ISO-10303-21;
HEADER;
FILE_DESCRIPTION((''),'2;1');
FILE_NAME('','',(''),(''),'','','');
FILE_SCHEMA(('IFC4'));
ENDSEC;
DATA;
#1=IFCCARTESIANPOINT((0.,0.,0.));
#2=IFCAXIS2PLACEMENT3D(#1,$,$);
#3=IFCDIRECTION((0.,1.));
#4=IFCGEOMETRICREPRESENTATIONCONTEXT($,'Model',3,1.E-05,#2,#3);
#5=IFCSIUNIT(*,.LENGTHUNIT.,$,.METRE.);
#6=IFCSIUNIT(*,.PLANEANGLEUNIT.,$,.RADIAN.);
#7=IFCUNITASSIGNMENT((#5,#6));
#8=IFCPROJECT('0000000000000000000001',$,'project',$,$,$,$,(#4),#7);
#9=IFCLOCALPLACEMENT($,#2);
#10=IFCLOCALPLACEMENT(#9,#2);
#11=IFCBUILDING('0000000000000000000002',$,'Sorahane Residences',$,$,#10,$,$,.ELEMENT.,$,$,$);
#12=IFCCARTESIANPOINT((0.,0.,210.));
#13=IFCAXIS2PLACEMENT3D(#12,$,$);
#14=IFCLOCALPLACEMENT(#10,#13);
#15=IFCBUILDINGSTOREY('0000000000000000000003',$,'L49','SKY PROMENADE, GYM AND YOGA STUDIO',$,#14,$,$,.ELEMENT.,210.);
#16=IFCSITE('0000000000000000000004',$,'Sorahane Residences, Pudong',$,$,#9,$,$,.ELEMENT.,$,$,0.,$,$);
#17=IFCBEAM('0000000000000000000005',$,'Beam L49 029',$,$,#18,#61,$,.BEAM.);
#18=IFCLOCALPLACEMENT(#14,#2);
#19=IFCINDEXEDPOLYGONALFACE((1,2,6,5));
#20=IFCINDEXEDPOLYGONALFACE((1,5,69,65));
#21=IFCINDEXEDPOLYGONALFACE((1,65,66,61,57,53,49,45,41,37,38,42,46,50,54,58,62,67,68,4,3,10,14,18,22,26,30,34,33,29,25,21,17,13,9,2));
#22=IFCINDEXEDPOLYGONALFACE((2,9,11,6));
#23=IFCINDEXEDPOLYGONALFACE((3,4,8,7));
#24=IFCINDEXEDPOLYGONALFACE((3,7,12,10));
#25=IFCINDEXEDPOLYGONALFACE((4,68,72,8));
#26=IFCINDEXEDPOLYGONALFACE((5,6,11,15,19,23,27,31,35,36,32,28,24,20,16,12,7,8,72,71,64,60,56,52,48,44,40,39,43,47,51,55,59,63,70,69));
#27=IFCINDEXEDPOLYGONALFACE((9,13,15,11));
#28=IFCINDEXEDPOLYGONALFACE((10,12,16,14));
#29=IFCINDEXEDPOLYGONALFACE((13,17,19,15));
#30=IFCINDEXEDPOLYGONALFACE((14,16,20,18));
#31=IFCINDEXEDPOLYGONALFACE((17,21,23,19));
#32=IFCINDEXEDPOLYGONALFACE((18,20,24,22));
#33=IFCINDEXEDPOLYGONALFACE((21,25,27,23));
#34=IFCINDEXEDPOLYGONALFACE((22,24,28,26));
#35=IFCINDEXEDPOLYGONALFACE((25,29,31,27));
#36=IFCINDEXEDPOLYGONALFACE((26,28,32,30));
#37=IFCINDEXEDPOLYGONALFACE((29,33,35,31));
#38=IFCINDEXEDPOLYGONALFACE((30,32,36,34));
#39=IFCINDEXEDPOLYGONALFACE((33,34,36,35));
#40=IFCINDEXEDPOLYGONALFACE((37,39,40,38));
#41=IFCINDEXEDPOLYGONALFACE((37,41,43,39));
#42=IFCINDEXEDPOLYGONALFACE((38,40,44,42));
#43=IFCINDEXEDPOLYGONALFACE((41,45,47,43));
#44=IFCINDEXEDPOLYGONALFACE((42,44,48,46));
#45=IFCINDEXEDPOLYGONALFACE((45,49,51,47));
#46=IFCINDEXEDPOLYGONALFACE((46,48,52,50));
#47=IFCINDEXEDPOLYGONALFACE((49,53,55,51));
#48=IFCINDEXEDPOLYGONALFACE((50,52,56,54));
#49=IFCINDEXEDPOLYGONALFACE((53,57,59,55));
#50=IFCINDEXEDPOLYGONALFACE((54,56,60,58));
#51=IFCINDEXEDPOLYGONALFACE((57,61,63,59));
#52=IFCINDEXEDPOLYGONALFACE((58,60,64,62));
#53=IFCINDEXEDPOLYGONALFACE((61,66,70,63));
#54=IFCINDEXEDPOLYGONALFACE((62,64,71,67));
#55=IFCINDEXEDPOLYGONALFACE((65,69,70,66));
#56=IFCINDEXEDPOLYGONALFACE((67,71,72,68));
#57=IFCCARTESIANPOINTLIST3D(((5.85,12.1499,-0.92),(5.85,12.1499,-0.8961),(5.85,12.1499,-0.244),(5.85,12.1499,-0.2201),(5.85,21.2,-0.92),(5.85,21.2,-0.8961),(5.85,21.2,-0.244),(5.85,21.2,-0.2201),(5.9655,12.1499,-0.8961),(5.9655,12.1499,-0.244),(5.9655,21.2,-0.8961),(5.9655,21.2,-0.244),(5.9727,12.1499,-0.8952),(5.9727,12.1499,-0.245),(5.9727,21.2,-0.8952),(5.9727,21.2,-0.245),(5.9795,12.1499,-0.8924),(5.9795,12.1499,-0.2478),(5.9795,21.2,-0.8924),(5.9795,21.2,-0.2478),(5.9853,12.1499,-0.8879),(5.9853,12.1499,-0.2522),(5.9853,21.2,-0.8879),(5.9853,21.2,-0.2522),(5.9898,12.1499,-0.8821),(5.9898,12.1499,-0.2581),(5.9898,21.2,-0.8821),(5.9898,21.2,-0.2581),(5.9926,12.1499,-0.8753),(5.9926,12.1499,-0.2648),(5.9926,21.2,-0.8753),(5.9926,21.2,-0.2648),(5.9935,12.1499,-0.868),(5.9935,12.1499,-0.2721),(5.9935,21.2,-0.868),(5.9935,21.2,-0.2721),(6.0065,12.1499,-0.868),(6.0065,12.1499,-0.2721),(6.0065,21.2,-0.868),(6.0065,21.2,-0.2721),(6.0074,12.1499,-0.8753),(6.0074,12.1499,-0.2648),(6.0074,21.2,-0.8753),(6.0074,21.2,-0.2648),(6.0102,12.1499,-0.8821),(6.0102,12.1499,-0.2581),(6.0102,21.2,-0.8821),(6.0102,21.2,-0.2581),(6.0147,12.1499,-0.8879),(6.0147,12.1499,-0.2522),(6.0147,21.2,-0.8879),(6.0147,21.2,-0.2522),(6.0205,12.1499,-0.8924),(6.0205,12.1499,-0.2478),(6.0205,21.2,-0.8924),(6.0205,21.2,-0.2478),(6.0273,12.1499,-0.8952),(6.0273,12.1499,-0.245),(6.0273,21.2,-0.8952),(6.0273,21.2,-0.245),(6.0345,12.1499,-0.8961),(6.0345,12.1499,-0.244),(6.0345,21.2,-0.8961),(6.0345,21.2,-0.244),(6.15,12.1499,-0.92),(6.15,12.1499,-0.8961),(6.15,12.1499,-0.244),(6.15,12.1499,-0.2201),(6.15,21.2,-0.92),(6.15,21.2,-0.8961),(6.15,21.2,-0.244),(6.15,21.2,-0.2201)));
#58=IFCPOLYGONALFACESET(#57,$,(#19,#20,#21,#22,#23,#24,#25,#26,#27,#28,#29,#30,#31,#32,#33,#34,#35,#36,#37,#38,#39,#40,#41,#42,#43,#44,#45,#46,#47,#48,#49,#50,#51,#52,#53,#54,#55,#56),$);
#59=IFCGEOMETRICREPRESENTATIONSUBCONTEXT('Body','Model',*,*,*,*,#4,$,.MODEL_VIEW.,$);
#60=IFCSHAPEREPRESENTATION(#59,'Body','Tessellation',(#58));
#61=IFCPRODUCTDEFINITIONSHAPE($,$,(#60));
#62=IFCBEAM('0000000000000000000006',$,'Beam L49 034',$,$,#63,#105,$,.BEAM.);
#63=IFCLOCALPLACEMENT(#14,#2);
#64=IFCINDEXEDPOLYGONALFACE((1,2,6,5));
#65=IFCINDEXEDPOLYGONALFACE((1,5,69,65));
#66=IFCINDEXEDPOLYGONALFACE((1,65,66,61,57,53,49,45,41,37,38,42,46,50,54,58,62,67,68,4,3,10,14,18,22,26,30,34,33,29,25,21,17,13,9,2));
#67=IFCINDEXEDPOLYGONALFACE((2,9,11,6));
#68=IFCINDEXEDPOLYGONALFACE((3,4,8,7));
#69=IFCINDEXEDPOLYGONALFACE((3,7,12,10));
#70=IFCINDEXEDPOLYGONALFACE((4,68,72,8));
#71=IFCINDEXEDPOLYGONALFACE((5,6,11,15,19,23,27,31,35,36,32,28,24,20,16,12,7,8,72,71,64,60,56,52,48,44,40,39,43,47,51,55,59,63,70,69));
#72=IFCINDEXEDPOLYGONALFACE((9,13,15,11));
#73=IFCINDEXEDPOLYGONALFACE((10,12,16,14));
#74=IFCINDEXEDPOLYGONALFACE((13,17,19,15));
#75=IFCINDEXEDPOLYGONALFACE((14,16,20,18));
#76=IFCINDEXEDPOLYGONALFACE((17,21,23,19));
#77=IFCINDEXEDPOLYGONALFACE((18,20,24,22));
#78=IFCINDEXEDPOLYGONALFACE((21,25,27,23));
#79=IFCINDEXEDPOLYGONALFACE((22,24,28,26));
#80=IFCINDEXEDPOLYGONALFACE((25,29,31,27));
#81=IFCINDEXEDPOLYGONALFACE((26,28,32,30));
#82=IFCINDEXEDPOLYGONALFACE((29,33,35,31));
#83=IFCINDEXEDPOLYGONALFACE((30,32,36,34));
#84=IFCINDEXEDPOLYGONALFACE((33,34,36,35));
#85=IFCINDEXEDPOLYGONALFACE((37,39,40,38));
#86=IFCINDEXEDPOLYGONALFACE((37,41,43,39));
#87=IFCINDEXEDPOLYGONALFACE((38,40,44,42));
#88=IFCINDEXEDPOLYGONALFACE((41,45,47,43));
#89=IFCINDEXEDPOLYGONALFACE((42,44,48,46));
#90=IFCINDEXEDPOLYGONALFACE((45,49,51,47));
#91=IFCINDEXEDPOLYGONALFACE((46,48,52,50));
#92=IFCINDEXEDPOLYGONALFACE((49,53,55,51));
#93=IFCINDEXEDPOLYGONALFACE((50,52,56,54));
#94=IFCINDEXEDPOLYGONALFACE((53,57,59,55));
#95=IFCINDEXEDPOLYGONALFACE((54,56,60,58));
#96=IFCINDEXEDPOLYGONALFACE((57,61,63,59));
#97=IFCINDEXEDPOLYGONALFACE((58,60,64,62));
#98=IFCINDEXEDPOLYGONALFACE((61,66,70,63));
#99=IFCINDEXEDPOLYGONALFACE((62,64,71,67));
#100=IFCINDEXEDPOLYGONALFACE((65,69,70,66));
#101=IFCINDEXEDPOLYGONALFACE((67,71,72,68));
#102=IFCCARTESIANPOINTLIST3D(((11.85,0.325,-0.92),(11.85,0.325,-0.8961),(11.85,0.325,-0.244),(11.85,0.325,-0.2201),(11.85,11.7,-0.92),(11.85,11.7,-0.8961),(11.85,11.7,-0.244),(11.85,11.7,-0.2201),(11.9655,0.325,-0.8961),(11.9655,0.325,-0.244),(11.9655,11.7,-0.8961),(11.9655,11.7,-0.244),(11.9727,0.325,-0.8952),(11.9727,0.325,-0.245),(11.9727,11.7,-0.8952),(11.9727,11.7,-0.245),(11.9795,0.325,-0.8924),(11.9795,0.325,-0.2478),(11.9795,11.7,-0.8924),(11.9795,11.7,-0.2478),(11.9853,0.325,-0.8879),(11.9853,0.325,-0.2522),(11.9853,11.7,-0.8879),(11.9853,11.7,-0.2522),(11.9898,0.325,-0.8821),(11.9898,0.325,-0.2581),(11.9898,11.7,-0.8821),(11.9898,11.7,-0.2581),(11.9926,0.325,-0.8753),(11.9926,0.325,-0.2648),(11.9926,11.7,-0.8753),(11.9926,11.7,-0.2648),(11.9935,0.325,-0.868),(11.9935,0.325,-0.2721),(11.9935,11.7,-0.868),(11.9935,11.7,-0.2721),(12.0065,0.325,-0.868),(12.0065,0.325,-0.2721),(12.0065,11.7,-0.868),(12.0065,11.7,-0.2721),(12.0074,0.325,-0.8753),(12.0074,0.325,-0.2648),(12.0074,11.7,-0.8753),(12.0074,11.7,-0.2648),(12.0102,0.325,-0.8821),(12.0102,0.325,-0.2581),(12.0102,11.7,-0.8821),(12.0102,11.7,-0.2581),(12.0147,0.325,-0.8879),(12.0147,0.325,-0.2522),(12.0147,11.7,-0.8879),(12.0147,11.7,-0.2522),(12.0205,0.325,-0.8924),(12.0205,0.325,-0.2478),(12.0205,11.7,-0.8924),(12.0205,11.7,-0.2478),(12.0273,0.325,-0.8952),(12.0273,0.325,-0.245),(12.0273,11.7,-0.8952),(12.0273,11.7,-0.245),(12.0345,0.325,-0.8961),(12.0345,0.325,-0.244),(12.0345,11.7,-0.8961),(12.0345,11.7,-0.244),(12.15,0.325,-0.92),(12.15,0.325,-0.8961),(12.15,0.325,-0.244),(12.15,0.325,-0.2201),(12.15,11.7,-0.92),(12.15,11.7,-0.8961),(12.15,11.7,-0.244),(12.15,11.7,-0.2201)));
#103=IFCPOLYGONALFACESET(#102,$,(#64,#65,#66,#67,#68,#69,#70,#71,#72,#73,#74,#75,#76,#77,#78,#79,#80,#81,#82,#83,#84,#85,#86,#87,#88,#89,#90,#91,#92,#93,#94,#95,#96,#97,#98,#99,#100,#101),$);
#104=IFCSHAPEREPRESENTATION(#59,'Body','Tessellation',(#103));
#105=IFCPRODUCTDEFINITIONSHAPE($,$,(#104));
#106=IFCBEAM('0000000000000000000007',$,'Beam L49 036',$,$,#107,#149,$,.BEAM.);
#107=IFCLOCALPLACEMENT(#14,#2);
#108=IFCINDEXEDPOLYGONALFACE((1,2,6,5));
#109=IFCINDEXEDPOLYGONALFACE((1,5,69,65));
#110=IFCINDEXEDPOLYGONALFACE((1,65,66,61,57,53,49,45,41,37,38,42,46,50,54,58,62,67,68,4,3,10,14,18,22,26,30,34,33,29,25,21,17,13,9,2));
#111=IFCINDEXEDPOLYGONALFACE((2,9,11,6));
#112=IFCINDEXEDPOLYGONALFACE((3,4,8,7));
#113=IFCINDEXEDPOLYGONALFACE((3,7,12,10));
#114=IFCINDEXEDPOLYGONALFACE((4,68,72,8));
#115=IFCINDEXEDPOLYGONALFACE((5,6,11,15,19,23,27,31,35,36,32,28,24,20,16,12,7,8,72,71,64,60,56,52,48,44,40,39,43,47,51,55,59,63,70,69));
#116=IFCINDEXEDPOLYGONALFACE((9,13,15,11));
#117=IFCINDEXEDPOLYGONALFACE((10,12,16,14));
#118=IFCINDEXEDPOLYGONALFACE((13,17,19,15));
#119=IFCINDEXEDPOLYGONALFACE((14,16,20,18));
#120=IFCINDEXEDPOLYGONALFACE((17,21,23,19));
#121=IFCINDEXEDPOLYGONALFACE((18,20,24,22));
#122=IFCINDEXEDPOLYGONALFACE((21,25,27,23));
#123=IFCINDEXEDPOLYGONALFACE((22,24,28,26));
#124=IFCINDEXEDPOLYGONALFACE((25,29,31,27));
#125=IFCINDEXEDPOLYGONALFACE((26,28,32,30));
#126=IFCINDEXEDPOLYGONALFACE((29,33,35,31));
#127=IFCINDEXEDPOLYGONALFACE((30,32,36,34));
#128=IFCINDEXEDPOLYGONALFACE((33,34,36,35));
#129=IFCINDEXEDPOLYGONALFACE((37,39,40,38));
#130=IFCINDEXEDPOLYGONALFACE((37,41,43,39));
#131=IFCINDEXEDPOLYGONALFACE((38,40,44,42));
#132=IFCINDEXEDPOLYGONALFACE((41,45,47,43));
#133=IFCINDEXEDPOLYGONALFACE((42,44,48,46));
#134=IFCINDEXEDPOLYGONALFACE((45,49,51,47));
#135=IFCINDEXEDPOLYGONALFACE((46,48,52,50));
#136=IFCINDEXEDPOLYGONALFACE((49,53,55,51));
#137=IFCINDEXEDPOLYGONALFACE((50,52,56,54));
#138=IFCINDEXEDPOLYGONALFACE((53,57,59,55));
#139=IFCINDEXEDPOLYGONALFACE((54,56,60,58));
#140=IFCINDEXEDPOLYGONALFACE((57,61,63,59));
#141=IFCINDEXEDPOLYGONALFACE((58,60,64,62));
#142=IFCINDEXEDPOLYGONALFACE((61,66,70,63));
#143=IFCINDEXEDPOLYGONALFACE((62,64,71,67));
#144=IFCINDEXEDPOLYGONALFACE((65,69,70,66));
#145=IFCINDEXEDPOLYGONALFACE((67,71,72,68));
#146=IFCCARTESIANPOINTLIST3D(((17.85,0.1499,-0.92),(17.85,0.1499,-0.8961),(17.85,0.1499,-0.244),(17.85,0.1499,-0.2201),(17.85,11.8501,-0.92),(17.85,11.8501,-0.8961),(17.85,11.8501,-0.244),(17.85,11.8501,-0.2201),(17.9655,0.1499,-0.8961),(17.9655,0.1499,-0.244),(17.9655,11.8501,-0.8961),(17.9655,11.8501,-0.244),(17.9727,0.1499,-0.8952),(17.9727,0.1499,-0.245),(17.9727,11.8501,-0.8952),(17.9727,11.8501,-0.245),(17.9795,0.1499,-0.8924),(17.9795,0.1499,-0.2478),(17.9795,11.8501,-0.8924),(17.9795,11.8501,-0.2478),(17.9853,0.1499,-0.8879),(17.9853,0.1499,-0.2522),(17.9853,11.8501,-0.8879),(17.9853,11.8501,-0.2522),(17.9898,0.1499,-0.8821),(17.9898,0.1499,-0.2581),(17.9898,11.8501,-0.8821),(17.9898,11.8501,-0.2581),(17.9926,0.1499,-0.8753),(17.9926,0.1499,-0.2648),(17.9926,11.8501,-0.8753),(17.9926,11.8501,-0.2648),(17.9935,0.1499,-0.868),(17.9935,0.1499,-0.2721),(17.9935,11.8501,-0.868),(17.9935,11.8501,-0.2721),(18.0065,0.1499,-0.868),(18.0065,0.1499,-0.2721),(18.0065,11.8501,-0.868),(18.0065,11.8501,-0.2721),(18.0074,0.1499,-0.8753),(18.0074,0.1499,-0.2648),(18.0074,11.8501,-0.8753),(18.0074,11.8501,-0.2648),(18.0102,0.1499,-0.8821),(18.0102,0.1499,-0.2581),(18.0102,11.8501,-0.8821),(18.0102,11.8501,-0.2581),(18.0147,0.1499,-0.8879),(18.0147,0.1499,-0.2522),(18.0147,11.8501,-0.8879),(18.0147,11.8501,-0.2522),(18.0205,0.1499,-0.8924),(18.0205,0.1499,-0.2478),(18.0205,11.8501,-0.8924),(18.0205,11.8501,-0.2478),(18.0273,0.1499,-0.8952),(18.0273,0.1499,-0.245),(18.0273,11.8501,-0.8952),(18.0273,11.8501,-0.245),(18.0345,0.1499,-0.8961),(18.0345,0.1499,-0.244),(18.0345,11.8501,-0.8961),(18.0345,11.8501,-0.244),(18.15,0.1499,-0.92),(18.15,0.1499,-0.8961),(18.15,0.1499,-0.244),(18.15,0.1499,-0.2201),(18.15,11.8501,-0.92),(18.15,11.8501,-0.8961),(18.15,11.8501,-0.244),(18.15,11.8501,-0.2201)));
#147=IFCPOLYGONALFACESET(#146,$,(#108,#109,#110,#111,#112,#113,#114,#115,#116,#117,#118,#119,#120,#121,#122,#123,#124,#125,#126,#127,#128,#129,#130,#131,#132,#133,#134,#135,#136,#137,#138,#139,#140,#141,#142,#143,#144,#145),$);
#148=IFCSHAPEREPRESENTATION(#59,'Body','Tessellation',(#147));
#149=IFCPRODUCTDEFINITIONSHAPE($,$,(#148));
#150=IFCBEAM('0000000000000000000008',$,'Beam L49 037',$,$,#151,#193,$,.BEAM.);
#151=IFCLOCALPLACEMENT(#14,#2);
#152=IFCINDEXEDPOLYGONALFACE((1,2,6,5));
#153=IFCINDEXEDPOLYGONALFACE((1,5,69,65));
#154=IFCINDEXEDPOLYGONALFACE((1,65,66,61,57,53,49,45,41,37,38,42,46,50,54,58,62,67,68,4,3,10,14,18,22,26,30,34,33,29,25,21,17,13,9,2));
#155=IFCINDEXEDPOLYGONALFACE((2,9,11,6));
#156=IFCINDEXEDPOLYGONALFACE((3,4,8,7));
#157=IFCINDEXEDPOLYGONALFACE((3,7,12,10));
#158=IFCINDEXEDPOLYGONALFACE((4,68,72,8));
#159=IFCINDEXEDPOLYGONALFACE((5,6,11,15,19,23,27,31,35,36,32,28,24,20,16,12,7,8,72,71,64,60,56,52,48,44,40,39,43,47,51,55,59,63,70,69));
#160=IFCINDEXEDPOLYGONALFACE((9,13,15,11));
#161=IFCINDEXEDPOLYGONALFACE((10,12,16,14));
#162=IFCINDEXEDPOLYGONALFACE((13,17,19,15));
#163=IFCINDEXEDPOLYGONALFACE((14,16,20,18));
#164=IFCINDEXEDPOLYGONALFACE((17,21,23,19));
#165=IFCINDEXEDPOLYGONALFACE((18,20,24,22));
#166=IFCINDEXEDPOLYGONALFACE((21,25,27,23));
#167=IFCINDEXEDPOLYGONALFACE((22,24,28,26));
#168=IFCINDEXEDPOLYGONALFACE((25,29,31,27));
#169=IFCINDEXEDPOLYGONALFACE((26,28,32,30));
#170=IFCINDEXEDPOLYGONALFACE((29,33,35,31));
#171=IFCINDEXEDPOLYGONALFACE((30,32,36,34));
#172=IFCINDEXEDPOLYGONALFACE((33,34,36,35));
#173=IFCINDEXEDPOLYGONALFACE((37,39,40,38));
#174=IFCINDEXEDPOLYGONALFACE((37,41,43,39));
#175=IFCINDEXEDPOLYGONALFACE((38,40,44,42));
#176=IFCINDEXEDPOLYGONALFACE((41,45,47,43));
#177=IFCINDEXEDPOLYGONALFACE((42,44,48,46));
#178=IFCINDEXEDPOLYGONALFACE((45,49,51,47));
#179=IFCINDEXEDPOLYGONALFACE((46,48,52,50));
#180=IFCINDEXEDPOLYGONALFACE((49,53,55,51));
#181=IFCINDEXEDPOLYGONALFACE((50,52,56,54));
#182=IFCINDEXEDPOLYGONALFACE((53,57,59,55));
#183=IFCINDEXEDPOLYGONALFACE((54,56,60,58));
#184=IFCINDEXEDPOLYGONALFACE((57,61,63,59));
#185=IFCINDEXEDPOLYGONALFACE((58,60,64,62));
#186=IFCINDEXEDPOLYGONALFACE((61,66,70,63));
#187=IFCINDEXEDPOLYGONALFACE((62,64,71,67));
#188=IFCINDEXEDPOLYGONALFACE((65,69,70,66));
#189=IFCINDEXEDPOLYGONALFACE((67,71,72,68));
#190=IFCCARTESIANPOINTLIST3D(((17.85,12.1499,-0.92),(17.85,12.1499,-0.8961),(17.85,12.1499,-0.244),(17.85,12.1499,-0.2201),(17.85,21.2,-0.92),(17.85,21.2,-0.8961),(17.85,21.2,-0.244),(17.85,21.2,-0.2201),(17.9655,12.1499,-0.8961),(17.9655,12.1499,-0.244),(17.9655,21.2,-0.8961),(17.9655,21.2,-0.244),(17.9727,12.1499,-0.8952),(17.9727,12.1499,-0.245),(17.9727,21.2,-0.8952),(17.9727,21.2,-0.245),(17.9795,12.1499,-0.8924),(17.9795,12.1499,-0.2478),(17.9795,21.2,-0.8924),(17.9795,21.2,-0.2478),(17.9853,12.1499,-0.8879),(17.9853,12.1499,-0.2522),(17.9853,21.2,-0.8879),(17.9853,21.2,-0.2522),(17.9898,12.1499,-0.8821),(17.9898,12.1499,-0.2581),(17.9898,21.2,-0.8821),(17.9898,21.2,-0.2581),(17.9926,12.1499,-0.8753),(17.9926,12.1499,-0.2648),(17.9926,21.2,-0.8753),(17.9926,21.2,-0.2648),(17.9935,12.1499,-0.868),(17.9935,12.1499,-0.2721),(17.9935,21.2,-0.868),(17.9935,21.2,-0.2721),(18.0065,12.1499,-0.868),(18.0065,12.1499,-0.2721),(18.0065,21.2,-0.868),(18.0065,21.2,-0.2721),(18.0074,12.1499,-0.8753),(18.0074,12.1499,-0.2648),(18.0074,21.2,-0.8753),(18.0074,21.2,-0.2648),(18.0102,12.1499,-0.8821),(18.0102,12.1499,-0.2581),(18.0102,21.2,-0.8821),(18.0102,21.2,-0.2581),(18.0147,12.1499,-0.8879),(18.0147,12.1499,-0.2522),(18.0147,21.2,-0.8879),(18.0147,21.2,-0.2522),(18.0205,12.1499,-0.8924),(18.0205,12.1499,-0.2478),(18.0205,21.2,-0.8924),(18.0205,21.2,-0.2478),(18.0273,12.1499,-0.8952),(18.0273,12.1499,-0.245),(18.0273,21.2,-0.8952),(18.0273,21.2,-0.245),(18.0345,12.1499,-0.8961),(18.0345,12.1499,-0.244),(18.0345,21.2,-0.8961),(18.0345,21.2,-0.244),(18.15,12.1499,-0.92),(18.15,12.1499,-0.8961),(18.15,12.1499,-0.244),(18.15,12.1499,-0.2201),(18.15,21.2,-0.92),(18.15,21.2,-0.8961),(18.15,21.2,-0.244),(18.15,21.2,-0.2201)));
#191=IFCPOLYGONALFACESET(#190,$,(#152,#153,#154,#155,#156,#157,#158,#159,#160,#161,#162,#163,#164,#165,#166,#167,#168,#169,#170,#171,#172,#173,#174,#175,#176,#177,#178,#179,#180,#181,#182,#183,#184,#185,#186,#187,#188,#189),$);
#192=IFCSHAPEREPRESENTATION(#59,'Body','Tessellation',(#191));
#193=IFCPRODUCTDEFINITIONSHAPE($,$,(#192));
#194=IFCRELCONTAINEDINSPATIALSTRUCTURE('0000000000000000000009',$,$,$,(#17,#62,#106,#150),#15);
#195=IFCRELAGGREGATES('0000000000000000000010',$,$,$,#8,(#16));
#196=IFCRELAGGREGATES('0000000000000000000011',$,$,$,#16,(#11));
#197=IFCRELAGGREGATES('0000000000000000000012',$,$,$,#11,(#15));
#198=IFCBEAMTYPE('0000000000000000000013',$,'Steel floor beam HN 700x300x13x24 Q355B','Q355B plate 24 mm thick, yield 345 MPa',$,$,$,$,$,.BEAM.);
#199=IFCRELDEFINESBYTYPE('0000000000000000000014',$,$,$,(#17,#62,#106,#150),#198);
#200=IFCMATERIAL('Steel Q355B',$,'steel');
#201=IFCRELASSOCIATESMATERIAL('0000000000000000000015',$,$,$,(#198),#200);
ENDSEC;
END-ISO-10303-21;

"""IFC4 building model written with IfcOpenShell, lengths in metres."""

from ifc_helpers import new_model, si_unit, direction, frame, origin, origin_2d, place, context, subcontext, project, spatial, i_section, extrude, material, material_profile, profile_set, type_object, element, save


model = new_model("IFC4")

# Units and contexts
model_context = context("Model", 3, precision=1e-05, world=origin(), true_north=direction((0.0, 1.0)))
body_context = subcontext(model_context, "Body", "Model", "MODEL_VIEW")
ifc_project = project(units=[si_unit("LENGTHUNIT", "METRE"), si_unit("PLANEANGLEUNIT", "RADIAN")], contexts=[model_context])

# Site, building, storey
site_placement = place(None, origin())
site = spatial("IfcSite", under=ifc_project, at=site_placement, Name="Sorahane Residences, Pudong", CompositionType="ELEMENT", RefElevation=0.0)
building_placement = place(site_placement, origin())
building = spatial("IfcBuilding", under=site, at=building_placement, Name="Sorahane Residences", CompositionType="ELEMENT")
storey_placement = place(building_placement, frame((0.0, 0.0, 210.0)))
storey = spatial("IfcBuildingStorey", under=building, at=storey_placement, Name="L49", Description="SKY PROMENADE, GYM AND YOGA STUDIO", CompositionType="ELEMENT", Elevation=210.0)

# Beams
ifc_material_1 = material(Name="Steel Q355B", Category="steel")
ifc_material_profile_1 = material_profile(ifc_material_1, i_section(OverallWidth=0.3, OverallDepth=0.7, WebThickness=0.0129, FlangeThickness=0.0239, FilletRadius=0.0281, at=origin_2d()), Name="HN 700x300x13x24")
ifc_profile_set_1 = profile_set([ifc_material_profile_1], Name="Steel Q355B")
beam_type_1 = type_object("IfcBeamType", Name="Steel floor beam HN 700x300x13x24 Q355B", Description="Q355B plate 24 mm thick, yield 345 MPa", PredefinedType="BEAM", material=ifc_profile_set_1)
beam_1_placement = place(storey_placement, frame((6.0, 12.1499, -0.5701), z_axis=(0.0, 1.0, 0.0), x_axis=(-1.0, 0.0, 0.0)))
element("IfcBeam", 1, at=beam_1_placement, inside=storey, type_object=beam_type_1, Name="Beam L49 029", PredefinedType="BEAM", context=body_context, shape_type="SweptSolid", body=[
    extrude(i_section(OverallWidth=0.3, OverallDepth=0.7, WebThickness=0.0129, FlangeThickness=0.0239, FilletRadius=0.0281, at=origin_2d()), origin(), (0.0, 0.0, 1.0), 9.05),
])
beam_2_placement = place(storey_placement, frame((12.0, 0.325, -0.5701), z_axis=(0.0, 1.0, 0.0), x_axis=(-1.0, 0.0, 0.0)))
element("IfcBeam", 2, at=beam_2_placement, inside=storey, type_object=beam_type_1, Name="Beam L49 034", PredefinedType="BEAM", context=body_context, shape_type="SweptSolid", body=[
    extrude(i_section(OverallWidth=0.3, OverallDepth=0.7, WebThickness=0.0129, FlangeThickness=0.0239, FilletRadius=0.0281, at=origin_2d()), origin(), (0.0, 0.0, 1.0), 11.375),
])
beam_3_placement = place(storey_placement, frame((18.0, 0.1499, -0.5701), z_axis=(0.0, 1.0, 0.0), x_axis=(-1.0, 0.0, 0.0)))
element("IfcBeam", 3, at=beam_3_placement, inside=storey, type_object=beam_type_1, Name="Beam L49 036", PredefinedType="BEAM", context=body_context, shape_type="SweptSolid", body=[
    extrude(i_section(OverallWidth=0.3, OverallDepth=0.7, WebThickness=0.0129, FlangeThickness=0.0239, FilletRadius=0.0281, at=origin_2d()), origin(), (0.0, 0.0, 1.0), 11.7002),
])
beam_4_placement = place(storey_placement, frame((18.0, 12.1499, -0.5701), z_axis=(0.0, 1.0, 0.0), x_axis=(-1.0, 0.0, 0.0)))
element("IfcBeam", 4, at=beam_4_placement, inside=storey, type_object=beam_type_1, Name="Beam L49 037", PredefinedType="BEAM", context=body_context, shape_type="SweptSolid", body=[
    extrude(i_section(OverallWidth=0.3, OverallDepth=0.7, WebThickness=0.0129, FlangeThickness=0.0239, FilletRadius=0.0281, at=origin_2d()), origin(), (0.0, 0.0, 1.0), 9.05),
])

save(model, "model.ifc")
